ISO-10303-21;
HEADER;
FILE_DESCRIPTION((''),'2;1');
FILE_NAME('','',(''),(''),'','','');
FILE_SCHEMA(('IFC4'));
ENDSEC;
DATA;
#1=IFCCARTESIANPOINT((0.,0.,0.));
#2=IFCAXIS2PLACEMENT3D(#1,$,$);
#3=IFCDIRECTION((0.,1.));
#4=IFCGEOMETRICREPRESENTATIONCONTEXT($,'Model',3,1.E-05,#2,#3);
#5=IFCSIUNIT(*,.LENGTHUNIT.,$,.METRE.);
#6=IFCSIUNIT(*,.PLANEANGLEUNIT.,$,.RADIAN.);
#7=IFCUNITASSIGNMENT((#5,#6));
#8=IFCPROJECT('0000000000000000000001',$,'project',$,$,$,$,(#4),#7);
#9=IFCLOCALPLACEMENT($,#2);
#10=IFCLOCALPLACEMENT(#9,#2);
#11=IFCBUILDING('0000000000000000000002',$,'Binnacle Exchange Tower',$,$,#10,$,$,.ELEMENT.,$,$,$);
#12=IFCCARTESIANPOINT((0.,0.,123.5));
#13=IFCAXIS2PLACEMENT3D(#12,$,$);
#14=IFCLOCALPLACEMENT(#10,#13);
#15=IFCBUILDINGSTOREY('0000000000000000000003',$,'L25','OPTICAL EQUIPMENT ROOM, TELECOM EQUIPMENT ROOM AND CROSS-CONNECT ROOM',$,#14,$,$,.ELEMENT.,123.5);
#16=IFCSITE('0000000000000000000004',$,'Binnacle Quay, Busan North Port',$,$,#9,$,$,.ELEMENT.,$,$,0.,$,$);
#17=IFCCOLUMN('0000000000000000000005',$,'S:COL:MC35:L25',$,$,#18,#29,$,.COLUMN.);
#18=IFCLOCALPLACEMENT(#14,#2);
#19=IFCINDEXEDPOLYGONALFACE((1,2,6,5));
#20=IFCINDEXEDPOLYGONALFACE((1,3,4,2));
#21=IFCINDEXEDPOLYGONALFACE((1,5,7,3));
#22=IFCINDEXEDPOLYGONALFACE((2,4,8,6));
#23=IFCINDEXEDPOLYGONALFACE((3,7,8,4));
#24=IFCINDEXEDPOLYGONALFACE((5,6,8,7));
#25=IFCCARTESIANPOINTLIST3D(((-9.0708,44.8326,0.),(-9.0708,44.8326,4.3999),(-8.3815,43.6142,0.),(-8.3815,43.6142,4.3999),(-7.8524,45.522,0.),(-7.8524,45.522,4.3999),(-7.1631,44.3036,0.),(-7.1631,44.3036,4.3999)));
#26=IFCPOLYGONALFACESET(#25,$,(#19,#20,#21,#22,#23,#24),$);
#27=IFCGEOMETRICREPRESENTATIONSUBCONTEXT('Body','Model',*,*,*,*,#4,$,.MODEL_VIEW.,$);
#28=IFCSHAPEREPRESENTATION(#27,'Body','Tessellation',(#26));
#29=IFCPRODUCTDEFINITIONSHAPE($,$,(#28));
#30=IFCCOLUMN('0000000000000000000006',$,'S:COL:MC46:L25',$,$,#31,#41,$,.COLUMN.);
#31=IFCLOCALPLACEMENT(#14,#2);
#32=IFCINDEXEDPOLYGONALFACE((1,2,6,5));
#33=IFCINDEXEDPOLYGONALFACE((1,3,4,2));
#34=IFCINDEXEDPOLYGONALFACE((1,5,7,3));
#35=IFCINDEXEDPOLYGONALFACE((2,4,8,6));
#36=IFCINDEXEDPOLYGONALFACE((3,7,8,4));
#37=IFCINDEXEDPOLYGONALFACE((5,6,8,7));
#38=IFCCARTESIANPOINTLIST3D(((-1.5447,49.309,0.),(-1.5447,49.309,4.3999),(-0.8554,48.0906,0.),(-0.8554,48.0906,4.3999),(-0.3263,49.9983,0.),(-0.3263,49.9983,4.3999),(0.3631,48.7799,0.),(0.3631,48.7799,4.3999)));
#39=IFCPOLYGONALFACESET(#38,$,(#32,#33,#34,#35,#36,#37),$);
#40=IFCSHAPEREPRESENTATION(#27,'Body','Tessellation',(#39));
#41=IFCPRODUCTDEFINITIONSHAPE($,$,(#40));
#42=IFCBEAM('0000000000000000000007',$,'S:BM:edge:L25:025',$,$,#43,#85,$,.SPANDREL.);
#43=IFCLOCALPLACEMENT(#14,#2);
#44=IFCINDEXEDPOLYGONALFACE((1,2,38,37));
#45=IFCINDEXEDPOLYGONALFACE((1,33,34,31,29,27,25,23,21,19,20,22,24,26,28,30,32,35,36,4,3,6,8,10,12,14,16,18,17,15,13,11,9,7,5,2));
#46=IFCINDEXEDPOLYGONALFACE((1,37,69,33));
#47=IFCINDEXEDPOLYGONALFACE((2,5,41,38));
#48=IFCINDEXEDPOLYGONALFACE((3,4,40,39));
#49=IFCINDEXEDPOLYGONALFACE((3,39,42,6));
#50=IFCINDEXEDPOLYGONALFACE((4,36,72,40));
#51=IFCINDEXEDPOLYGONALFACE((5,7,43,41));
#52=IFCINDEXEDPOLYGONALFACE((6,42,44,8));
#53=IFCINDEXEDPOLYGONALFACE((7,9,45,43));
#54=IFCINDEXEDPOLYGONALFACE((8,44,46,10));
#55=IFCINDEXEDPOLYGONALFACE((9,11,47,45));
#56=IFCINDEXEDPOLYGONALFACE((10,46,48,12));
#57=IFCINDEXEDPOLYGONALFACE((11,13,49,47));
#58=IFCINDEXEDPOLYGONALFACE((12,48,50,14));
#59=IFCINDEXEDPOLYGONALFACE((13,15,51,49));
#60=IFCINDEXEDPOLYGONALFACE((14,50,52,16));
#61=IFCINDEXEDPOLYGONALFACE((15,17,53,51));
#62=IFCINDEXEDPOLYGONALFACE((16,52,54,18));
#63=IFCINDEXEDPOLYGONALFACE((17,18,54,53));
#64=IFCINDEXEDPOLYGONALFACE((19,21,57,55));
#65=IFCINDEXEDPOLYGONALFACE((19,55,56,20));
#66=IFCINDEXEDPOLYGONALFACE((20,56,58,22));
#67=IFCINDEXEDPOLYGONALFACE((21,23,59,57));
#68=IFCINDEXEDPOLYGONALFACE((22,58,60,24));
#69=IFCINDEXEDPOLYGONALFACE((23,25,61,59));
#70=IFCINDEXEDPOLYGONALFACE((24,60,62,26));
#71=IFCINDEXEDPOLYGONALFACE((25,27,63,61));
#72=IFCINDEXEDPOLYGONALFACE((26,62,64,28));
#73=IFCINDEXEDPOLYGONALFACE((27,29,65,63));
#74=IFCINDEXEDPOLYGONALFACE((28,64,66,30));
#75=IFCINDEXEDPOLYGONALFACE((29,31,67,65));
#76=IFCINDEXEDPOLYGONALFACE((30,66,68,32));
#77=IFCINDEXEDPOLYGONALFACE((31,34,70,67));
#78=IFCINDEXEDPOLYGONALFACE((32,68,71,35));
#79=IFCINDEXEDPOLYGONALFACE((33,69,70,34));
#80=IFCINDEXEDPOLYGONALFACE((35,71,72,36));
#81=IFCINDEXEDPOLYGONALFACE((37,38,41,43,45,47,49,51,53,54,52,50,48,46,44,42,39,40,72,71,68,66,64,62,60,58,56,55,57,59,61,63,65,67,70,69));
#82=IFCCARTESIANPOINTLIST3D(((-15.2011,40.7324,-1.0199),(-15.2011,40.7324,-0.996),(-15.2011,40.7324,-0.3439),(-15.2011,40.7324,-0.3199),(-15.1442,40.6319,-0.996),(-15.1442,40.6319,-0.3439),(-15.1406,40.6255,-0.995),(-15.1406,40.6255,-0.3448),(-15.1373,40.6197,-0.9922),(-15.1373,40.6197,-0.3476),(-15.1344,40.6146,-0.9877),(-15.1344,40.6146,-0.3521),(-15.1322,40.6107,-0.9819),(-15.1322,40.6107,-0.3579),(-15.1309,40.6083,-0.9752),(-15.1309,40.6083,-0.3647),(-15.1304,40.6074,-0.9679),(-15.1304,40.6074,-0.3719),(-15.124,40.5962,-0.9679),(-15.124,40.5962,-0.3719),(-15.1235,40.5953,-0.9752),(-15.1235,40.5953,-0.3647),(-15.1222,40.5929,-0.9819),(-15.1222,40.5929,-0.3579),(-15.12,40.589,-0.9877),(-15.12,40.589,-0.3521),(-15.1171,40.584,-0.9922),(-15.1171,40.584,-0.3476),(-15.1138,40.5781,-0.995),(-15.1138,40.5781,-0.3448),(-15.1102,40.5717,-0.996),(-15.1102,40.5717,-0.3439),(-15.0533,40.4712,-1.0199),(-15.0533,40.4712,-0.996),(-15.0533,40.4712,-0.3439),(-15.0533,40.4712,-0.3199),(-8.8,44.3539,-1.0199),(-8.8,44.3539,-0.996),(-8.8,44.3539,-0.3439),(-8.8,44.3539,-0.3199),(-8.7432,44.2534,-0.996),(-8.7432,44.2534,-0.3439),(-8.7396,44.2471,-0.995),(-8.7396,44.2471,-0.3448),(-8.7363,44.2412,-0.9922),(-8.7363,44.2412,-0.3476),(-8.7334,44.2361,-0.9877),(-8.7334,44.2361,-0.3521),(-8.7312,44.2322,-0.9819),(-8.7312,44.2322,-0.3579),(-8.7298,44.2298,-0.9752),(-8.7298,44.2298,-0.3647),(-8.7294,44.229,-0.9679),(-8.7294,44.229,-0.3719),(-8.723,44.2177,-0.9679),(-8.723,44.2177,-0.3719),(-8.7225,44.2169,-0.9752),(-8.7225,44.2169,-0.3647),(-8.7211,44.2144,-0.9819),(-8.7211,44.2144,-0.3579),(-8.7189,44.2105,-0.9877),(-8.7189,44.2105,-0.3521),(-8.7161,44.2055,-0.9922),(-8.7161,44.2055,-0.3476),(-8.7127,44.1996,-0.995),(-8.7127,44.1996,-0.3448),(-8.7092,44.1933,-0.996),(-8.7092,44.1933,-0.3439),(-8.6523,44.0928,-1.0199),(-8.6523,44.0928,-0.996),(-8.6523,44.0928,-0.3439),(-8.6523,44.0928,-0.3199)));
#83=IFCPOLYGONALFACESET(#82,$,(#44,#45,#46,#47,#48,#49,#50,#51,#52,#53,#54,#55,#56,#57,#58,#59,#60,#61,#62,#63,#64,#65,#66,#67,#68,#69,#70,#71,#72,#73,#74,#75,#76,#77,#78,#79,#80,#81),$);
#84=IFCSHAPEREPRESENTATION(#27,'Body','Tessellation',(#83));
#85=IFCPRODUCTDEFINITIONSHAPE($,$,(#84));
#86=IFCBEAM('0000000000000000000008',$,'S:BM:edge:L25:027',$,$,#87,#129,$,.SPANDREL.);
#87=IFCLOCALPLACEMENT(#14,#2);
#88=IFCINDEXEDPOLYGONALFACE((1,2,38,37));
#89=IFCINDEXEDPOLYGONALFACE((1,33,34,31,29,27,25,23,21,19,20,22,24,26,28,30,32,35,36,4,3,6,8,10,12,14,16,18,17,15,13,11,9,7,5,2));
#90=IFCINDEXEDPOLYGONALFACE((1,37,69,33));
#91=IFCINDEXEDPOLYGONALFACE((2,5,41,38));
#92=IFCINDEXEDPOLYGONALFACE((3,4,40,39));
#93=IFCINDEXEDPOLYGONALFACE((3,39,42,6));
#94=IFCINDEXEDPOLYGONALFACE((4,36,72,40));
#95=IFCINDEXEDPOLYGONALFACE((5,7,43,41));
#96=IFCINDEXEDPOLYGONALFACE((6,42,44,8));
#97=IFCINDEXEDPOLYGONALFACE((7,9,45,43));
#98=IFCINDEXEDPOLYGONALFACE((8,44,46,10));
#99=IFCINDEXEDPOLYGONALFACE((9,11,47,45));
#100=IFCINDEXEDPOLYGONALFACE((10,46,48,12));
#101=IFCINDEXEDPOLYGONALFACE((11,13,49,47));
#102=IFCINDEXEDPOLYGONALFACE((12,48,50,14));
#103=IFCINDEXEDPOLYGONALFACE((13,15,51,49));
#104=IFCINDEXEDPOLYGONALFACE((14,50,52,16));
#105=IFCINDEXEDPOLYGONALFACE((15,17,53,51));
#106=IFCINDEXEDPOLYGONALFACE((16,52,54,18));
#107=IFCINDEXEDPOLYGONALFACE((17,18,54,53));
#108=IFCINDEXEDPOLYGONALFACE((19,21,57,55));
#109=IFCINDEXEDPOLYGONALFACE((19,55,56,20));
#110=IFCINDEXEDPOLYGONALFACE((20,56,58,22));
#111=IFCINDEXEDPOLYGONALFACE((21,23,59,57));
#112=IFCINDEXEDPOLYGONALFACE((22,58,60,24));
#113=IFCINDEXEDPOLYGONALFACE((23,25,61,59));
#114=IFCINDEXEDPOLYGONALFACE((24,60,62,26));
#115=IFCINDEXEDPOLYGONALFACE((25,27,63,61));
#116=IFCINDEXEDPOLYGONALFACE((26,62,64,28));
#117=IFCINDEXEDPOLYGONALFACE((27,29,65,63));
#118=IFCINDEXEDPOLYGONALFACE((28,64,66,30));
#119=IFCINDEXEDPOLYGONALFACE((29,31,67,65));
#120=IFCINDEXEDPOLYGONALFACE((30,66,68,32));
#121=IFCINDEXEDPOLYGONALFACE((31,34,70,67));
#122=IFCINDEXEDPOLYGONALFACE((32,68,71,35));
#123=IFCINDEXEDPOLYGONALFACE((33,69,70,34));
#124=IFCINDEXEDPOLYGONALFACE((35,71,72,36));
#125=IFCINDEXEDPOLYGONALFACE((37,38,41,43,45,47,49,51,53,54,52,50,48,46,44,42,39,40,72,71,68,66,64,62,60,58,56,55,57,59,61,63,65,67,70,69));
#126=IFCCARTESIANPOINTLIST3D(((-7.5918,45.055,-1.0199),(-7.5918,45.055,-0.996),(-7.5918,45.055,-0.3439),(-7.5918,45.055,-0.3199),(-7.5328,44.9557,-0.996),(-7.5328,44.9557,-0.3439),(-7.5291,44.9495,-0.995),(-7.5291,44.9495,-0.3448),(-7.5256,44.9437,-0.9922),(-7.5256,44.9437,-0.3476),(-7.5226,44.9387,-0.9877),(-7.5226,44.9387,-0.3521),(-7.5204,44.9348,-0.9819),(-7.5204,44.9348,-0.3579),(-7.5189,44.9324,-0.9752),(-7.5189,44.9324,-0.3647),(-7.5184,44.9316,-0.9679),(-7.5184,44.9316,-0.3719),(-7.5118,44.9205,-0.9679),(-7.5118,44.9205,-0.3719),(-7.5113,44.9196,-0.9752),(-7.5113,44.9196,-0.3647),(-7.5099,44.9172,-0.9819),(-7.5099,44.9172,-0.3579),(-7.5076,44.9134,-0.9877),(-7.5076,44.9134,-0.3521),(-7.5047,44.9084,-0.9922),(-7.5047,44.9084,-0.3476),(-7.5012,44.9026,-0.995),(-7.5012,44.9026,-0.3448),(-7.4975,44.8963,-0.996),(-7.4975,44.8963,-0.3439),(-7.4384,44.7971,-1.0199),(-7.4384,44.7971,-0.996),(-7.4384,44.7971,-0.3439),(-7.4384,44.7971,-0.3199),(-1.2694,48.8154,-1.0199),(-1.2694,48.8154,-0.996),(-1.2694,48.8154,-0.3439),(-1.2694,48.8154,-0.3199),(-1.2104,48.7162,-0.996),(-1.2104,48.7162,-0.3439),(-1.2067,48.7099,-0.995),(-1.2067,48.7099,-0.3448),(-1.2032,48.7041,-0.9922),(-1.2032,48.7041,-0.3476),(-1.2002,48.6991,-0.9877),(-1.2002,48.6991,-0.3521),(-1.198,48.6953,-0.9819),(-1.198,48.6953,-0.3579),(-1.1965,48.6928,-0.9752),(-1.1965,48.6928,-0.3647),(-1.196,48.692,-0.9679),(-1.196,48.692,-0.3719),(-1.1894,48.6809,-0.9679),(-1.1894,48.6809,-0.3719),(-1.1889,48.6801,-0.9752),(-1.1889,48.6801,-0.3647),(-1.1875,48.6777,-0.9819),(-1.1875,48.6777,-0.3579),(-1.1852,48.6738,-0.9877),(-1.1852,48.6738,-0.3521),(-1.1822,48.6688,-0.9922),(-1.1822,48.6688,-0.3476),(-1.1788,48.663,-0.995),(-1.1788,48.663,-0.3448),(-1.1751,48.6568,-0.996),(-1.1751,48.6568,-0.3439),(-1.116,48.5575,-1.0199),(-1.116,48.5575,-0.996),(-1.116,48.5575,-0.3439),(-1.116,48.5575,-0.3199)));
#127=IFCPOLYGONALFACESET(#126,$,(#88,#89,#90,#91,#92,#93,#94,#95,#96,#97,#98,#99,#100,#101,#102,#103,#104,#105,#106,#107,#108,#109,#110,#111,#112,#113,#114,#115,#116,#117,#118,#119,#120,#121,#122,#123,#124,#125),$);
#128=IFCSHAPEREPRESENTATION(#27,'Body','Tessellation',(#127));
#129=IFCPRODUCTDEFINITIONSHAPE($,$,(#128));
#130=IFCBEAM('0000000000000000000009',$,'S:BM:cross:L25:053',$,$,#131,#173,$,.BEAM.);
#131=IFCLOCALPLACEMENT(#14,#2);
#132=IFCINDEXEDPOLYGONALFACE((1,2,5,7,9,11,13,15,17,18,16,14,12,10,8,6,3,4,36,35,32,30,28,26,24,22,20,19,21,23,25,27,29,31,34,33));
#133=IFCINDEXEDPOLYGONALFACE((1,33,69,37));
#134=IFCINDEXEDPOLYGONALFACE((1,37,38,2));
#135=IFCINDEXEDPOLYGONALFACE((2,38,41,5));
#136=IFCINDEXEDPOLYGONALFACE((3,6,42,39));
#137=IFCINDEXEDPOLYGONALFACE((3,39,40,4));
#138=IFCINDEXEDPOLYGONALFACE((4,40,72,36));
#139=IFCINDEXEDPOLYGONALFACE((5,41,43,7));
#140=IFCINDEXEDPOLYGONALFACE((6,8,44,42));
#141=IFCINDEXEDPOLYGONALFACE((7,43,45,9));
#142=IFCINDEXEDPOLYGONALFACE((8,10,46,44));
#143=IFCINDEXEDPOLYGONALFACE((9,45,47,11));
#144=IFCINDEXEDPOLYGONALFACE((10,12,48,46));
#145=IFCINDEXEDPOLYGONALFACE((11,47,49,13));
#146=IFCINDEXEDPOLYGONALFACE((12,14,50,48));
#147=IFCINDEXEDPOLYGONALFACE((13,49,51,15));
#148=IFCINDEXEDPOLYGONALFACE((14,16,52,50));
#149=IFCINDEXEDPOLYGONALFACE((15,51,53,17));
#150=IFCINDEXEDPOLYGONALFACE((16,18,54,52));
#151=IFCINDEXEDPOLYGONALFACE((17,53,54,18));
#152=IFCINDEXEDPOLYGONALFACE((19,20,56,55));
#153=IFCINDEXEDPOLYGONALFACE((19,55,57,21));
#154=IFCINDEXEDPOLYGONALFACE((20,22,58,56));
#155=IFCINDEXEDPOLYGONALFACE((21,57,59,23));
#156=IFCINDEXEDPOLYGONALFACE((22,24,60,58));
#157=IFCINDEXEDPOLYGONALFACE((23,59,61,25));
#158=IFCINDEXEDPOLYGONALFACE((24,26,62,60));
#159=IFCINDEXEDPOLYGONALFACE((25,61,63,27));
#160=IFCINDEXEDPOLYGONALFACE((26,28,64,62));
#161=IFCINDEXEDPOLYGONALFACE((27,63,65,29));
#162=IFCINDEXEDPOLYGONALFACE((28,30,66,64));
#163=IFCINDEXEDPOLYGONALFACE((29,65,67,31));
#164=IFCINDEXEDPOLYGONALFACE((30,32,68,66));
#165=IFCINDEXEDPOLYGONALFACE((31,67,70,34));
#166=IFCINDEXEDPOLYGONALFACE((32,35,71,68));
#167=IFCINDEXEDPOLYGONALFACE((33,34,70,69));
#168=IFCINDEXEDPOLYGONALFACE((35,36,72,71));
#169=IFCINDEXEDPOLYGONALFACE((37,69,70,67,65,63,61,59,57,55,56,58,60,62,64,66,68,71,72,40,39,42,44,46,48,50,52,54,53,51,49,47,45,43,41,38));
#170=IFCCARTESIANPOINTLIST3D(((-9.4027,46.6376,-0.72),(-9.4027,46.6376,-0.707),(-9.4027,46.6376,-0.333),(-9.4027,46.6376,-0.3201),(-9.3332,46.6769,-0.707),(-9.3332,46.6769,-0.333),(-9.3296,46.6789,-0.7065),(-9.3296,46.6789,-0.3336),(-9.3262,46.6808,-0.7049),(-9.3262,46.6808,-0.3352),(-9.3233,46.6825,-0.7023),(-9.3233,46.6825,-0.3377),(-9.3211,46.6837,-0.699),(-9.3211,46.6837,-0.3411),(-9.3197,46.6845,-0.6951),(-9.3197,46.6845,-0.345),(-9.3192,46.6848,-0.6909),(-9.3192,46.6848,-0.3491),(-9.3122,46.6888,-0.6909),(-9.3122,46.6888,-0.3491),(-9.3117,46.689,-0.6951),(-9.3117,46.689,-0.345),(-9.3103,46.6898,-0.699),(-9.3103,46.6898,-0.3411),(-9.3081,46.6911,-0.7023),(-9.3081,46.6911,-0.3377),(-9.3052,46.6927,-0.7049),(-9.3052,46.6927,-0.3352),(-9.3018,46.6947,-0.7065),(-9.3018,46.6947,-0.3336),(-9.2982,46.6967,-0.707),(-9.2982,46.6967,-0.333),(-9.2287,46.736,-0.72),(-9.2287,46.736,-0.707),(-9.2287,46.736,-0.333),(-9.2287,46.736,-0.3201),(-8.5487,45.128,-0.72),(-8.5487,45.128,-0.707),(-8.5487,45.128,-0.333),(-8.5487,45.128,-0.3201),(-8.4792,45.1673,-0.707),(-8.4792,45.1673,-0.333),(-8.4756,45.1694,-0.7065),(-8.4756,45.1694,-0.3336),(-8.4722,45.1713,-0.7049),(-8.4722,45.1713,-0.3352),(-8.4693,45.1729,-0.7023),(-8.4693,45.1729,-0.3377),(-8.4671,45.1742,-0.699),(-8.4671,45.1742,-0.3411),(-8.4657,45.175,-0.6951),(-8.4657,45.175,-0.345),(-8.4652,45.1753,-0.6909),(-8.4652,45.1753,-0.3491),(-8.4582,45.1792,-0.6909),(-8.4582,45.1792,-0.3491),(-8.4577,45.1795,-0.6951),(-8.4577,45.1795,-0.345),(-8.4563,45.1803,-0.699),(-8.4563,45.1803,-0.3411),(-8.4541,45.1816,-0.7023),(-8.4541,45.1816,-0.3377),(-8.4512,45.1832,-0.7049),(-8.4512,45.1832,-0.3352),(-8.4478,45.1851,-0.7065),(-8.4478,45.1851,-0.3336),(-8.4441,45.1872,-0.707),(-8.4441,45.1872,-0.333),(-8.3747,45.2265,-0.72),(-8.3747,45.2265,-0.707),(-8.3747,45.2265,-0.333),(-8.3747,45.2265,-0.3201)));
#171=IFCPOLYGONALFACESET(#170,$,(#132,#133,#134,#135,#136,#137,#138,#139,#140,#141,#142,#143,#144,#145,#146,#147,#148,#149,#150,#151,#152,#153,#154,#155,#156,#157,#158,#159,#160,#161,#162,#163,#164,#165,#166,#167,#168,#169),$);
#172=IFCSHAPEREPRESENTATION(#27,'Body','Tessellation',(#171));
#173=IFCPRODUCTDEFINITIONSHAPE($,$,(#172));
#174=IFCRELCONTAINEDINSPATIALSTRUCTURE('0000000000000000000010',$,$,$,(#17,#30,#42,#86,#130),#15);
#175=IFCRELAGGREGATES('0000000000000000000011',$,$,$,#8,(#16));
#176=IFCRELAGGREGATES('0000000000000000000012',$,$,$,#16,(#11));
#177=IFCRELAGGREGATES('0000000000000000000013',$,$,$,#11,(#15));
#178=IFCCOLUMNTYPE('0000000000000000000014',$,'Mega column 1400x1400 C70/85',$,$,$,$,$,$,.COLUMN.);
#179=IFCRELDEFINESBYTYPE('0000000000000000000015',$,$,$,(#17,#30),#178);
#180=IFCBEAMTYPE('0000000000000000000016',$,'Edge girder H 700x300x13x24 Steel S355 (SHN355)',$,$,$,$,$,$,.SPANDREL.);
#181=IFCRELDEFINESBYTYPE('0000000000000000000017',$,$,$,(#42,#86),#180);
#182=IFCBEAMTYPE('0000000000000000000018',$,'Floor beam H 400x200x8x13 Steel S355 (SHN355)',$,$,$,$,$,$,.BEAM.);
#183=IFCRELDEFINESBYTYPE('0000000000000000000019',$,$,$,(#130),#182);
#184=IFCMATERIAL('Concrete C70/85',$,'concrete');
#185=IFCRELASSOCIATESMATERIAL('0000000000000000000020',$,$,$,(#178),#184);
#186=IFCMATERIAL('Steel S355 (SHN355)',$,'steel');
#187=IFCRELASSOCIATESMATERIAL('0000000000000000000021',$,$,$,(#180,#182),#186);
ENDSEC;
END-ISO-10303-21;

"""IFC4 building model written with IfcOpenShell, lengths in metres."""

from ifc_helpers import new_model, si_unit, direction, frame, origin, origin_2d, place, context, subcontext, project, spatial, rectangle, i_section, extrude, material, material_profile, profile_set, type_object, element, save


model = new_model("IFC4")

# Units and contexts
model_context = context("Model", 3, precision=1e-05, world=origin(), true_north=direction((0.0, 1.0)))
body_context = subcontext(model_context, "Body", "Model", "MODEL_VIEW")
ifc_project = project(units=[si_unit("LENGTHUNIT", "METRE"), si_unit("PLANEANGLEUNIT", "RADIAN")], contexts=[model_context])

# Site, building, storey
site_placement = place(None, origin())
site = spatial("IfcSite", under=ifc_project, at=site_placement, Name="Binnacle Quay, Busan North Port", CompositionType="ELEMENT", RefElevation=0.0)
building_placement = place(site_placement, origin())
building = spatial("IfcBuilding", under=site, at=building_placement, Name="Binnacle Exchange Tower", CompositionType="ELEMENT")
storey_placement = place(building_placement, frame((0.0, 0.0, 123.5)))
storey = spatial("IfcBuildingStorey", under=building, at=storey_placement, Name="L25", Description="OPTICAL EQUIPMENT ROOM, TELECOM EQUIPMENT ROOM AND CROSS-CONNECT ROOM", CompositionType="ELEMENT", Elevation=123.5)

# Columns
ifc_material_1 = material(Name="Concrete C70/85", Category="concrete")
ifc_material_profile_1 = material_profile(ifc_material_1, rectangle(XDim=1.3999, YDim=1.3999, at=origin_2d()), Name="Mega column 1400x1400 C70/85")
ifc_profile_set_1 = profile_set([ifc_material_profile_1], Name="Concrete C70/85")
column_type = type_object("IfcColumnType", Name="Mega column 1400x1400 C70/85", PredefinedType="COLUMN", material=ifc_profile_set_1)
for number, where, z_axis, x_axis, name in (
    (1, (-8.1169, 44.5681, 0.0), (0.0, 0.0, 1.0), (0.870356, 0.492424, 0.0), "S:COL:MC35:L25"),
    (2, (-0.5908, 49.0444, 0.0), (0.0, 0.0, 1.0), (0.870356, 0.492424, 0.0), "S:COL:MC46:L25"),
):
    element("IfcColumn", number, at=place(storey_placement, frame(where, z_axis=z_axis, x_axis=x_axis)), inside=storey, type_object=column_type, Name=name, PredefinedType="COLUMN", context=body_context, shape_type="SweptSolid", body=[
        extrude(rectangle(XDim=1.3999, YDim=1.3999, at=origin_2d()), origin(), (0.0, 0.0, 1.0), 4.3999),
    ])

# Beams
ifc_material_2 = material(Name="Steel S355 (SHN355)", Category="steel")
ifc_material_profile_2 = material_profile(ifc_material_2, i_section(OverallWidth=0.3, OverallDepth=0.7, WebThickness=0.0129, FlangeThickness=0.0239, FilletRadius=0.0281, at=origin_2d()), Name="H 700x300x13x24")
ifc_profile_set_2 = profile_set([ifc_material_profile_2], Name="Steel S355 (SHN355)")
beam_type_1 = type_object("IfcBeamType", Name="Edge girder H 700x300x13x24 Steel S355 (SHN355)", PredefinedType="SPANDREL", material=ifc_profile_set_2)
beam_1_placement = place(storey_placement, frame((-15.1272, 40.6018, -0.6699), z_axis=(0.870356, 0.492424, 0.0), x_axis=(-0.492424, 0.870356, 0.0)))
element("IfcBeam", 3, at=beam_1_placement, inside=storey, type_object=beam_type_1, Name="S:BM:edge:L25:025", PredefinedType="SPANDREL", context=body_context, shape_type="SweptSolid", body=[
    extrude(i_section(OverallWidth=0.3, OverallDepth=0.7, WebThickness=0.0129, FlangeThickness=0.0239, FilletRadius=0.0281, at=origin_2d()), origin(), (0.0, 0.0, 1.0), 7.3545),
])
beam_2_placement = place(storey_placement, frame((-7.5151, 44.926, -0.6699), z_axis=(0.859466, 0.511193, 0.0), x_axis=(-0.511193, 0.859466, 0.0)))
element("IfcBeam", 4, at=beam_2_placement, inside=storey, type_object=beam_type_1, Name="S:BM:edge:L25:027", PredefinedType="SPANDREL", context=body_context, shape_type="SweptSolid", body=[
    extrude(i_section(OverallWidth=0.3, OverallDepth=0.7, WebThickness=0.0129, FlangeThickness=0.0239, FilletRadius=0.0281, at=origin_2d()), origin(), (0.0, 0.0, 1.0), 7.3562),
])
ifc_material_profile_3 = material_profile(ifc_material_2, i_section(OverallWidth=0.2, OverallDepth=0.3999, WebThickness=0.0081, FlangeThickness=0.0129, FilletRadius=0.0161, at=origin_2d()), Name="H 400x200x8x13")
ifc_profile_set_3 = profile_set([ifc_material_profile_3], Name="Steel S355 (SHN355)")
beam_type_2 = type_object("IfcBeamType", Name="Floor beam H 400x200x8x13 Steel S355 (SHN355)", PredefinedType="BEAM", material=ifc_profile_set_3)
beam_3_placement = place(storey_placement, frame((-8.4617, 45.1772, -0.52), z_axis=(-0.492405, 0.870366, 0.0), x_axis=(-0.870366, -0.492405, 0.0)))
element("IfcBeam", 5, at=beam_3_placement, inside=storey, type_object=beam_type_2, Name="S:BM:cross:L25:053", PredefinedType="BEAM", context=body_context, shape_type="SweptSolid", body=[
    extrude(i_section(OverallWidth=0.2, OverallDepth=0.3999, WebThickness=0.0081, FlangeThickness=0.0129, FilletRadius=0.0161, at=origin_2d()), origin(), (0.0, 0.0, 1.0), 1.7344),
])

save(model, "model.ifc")
